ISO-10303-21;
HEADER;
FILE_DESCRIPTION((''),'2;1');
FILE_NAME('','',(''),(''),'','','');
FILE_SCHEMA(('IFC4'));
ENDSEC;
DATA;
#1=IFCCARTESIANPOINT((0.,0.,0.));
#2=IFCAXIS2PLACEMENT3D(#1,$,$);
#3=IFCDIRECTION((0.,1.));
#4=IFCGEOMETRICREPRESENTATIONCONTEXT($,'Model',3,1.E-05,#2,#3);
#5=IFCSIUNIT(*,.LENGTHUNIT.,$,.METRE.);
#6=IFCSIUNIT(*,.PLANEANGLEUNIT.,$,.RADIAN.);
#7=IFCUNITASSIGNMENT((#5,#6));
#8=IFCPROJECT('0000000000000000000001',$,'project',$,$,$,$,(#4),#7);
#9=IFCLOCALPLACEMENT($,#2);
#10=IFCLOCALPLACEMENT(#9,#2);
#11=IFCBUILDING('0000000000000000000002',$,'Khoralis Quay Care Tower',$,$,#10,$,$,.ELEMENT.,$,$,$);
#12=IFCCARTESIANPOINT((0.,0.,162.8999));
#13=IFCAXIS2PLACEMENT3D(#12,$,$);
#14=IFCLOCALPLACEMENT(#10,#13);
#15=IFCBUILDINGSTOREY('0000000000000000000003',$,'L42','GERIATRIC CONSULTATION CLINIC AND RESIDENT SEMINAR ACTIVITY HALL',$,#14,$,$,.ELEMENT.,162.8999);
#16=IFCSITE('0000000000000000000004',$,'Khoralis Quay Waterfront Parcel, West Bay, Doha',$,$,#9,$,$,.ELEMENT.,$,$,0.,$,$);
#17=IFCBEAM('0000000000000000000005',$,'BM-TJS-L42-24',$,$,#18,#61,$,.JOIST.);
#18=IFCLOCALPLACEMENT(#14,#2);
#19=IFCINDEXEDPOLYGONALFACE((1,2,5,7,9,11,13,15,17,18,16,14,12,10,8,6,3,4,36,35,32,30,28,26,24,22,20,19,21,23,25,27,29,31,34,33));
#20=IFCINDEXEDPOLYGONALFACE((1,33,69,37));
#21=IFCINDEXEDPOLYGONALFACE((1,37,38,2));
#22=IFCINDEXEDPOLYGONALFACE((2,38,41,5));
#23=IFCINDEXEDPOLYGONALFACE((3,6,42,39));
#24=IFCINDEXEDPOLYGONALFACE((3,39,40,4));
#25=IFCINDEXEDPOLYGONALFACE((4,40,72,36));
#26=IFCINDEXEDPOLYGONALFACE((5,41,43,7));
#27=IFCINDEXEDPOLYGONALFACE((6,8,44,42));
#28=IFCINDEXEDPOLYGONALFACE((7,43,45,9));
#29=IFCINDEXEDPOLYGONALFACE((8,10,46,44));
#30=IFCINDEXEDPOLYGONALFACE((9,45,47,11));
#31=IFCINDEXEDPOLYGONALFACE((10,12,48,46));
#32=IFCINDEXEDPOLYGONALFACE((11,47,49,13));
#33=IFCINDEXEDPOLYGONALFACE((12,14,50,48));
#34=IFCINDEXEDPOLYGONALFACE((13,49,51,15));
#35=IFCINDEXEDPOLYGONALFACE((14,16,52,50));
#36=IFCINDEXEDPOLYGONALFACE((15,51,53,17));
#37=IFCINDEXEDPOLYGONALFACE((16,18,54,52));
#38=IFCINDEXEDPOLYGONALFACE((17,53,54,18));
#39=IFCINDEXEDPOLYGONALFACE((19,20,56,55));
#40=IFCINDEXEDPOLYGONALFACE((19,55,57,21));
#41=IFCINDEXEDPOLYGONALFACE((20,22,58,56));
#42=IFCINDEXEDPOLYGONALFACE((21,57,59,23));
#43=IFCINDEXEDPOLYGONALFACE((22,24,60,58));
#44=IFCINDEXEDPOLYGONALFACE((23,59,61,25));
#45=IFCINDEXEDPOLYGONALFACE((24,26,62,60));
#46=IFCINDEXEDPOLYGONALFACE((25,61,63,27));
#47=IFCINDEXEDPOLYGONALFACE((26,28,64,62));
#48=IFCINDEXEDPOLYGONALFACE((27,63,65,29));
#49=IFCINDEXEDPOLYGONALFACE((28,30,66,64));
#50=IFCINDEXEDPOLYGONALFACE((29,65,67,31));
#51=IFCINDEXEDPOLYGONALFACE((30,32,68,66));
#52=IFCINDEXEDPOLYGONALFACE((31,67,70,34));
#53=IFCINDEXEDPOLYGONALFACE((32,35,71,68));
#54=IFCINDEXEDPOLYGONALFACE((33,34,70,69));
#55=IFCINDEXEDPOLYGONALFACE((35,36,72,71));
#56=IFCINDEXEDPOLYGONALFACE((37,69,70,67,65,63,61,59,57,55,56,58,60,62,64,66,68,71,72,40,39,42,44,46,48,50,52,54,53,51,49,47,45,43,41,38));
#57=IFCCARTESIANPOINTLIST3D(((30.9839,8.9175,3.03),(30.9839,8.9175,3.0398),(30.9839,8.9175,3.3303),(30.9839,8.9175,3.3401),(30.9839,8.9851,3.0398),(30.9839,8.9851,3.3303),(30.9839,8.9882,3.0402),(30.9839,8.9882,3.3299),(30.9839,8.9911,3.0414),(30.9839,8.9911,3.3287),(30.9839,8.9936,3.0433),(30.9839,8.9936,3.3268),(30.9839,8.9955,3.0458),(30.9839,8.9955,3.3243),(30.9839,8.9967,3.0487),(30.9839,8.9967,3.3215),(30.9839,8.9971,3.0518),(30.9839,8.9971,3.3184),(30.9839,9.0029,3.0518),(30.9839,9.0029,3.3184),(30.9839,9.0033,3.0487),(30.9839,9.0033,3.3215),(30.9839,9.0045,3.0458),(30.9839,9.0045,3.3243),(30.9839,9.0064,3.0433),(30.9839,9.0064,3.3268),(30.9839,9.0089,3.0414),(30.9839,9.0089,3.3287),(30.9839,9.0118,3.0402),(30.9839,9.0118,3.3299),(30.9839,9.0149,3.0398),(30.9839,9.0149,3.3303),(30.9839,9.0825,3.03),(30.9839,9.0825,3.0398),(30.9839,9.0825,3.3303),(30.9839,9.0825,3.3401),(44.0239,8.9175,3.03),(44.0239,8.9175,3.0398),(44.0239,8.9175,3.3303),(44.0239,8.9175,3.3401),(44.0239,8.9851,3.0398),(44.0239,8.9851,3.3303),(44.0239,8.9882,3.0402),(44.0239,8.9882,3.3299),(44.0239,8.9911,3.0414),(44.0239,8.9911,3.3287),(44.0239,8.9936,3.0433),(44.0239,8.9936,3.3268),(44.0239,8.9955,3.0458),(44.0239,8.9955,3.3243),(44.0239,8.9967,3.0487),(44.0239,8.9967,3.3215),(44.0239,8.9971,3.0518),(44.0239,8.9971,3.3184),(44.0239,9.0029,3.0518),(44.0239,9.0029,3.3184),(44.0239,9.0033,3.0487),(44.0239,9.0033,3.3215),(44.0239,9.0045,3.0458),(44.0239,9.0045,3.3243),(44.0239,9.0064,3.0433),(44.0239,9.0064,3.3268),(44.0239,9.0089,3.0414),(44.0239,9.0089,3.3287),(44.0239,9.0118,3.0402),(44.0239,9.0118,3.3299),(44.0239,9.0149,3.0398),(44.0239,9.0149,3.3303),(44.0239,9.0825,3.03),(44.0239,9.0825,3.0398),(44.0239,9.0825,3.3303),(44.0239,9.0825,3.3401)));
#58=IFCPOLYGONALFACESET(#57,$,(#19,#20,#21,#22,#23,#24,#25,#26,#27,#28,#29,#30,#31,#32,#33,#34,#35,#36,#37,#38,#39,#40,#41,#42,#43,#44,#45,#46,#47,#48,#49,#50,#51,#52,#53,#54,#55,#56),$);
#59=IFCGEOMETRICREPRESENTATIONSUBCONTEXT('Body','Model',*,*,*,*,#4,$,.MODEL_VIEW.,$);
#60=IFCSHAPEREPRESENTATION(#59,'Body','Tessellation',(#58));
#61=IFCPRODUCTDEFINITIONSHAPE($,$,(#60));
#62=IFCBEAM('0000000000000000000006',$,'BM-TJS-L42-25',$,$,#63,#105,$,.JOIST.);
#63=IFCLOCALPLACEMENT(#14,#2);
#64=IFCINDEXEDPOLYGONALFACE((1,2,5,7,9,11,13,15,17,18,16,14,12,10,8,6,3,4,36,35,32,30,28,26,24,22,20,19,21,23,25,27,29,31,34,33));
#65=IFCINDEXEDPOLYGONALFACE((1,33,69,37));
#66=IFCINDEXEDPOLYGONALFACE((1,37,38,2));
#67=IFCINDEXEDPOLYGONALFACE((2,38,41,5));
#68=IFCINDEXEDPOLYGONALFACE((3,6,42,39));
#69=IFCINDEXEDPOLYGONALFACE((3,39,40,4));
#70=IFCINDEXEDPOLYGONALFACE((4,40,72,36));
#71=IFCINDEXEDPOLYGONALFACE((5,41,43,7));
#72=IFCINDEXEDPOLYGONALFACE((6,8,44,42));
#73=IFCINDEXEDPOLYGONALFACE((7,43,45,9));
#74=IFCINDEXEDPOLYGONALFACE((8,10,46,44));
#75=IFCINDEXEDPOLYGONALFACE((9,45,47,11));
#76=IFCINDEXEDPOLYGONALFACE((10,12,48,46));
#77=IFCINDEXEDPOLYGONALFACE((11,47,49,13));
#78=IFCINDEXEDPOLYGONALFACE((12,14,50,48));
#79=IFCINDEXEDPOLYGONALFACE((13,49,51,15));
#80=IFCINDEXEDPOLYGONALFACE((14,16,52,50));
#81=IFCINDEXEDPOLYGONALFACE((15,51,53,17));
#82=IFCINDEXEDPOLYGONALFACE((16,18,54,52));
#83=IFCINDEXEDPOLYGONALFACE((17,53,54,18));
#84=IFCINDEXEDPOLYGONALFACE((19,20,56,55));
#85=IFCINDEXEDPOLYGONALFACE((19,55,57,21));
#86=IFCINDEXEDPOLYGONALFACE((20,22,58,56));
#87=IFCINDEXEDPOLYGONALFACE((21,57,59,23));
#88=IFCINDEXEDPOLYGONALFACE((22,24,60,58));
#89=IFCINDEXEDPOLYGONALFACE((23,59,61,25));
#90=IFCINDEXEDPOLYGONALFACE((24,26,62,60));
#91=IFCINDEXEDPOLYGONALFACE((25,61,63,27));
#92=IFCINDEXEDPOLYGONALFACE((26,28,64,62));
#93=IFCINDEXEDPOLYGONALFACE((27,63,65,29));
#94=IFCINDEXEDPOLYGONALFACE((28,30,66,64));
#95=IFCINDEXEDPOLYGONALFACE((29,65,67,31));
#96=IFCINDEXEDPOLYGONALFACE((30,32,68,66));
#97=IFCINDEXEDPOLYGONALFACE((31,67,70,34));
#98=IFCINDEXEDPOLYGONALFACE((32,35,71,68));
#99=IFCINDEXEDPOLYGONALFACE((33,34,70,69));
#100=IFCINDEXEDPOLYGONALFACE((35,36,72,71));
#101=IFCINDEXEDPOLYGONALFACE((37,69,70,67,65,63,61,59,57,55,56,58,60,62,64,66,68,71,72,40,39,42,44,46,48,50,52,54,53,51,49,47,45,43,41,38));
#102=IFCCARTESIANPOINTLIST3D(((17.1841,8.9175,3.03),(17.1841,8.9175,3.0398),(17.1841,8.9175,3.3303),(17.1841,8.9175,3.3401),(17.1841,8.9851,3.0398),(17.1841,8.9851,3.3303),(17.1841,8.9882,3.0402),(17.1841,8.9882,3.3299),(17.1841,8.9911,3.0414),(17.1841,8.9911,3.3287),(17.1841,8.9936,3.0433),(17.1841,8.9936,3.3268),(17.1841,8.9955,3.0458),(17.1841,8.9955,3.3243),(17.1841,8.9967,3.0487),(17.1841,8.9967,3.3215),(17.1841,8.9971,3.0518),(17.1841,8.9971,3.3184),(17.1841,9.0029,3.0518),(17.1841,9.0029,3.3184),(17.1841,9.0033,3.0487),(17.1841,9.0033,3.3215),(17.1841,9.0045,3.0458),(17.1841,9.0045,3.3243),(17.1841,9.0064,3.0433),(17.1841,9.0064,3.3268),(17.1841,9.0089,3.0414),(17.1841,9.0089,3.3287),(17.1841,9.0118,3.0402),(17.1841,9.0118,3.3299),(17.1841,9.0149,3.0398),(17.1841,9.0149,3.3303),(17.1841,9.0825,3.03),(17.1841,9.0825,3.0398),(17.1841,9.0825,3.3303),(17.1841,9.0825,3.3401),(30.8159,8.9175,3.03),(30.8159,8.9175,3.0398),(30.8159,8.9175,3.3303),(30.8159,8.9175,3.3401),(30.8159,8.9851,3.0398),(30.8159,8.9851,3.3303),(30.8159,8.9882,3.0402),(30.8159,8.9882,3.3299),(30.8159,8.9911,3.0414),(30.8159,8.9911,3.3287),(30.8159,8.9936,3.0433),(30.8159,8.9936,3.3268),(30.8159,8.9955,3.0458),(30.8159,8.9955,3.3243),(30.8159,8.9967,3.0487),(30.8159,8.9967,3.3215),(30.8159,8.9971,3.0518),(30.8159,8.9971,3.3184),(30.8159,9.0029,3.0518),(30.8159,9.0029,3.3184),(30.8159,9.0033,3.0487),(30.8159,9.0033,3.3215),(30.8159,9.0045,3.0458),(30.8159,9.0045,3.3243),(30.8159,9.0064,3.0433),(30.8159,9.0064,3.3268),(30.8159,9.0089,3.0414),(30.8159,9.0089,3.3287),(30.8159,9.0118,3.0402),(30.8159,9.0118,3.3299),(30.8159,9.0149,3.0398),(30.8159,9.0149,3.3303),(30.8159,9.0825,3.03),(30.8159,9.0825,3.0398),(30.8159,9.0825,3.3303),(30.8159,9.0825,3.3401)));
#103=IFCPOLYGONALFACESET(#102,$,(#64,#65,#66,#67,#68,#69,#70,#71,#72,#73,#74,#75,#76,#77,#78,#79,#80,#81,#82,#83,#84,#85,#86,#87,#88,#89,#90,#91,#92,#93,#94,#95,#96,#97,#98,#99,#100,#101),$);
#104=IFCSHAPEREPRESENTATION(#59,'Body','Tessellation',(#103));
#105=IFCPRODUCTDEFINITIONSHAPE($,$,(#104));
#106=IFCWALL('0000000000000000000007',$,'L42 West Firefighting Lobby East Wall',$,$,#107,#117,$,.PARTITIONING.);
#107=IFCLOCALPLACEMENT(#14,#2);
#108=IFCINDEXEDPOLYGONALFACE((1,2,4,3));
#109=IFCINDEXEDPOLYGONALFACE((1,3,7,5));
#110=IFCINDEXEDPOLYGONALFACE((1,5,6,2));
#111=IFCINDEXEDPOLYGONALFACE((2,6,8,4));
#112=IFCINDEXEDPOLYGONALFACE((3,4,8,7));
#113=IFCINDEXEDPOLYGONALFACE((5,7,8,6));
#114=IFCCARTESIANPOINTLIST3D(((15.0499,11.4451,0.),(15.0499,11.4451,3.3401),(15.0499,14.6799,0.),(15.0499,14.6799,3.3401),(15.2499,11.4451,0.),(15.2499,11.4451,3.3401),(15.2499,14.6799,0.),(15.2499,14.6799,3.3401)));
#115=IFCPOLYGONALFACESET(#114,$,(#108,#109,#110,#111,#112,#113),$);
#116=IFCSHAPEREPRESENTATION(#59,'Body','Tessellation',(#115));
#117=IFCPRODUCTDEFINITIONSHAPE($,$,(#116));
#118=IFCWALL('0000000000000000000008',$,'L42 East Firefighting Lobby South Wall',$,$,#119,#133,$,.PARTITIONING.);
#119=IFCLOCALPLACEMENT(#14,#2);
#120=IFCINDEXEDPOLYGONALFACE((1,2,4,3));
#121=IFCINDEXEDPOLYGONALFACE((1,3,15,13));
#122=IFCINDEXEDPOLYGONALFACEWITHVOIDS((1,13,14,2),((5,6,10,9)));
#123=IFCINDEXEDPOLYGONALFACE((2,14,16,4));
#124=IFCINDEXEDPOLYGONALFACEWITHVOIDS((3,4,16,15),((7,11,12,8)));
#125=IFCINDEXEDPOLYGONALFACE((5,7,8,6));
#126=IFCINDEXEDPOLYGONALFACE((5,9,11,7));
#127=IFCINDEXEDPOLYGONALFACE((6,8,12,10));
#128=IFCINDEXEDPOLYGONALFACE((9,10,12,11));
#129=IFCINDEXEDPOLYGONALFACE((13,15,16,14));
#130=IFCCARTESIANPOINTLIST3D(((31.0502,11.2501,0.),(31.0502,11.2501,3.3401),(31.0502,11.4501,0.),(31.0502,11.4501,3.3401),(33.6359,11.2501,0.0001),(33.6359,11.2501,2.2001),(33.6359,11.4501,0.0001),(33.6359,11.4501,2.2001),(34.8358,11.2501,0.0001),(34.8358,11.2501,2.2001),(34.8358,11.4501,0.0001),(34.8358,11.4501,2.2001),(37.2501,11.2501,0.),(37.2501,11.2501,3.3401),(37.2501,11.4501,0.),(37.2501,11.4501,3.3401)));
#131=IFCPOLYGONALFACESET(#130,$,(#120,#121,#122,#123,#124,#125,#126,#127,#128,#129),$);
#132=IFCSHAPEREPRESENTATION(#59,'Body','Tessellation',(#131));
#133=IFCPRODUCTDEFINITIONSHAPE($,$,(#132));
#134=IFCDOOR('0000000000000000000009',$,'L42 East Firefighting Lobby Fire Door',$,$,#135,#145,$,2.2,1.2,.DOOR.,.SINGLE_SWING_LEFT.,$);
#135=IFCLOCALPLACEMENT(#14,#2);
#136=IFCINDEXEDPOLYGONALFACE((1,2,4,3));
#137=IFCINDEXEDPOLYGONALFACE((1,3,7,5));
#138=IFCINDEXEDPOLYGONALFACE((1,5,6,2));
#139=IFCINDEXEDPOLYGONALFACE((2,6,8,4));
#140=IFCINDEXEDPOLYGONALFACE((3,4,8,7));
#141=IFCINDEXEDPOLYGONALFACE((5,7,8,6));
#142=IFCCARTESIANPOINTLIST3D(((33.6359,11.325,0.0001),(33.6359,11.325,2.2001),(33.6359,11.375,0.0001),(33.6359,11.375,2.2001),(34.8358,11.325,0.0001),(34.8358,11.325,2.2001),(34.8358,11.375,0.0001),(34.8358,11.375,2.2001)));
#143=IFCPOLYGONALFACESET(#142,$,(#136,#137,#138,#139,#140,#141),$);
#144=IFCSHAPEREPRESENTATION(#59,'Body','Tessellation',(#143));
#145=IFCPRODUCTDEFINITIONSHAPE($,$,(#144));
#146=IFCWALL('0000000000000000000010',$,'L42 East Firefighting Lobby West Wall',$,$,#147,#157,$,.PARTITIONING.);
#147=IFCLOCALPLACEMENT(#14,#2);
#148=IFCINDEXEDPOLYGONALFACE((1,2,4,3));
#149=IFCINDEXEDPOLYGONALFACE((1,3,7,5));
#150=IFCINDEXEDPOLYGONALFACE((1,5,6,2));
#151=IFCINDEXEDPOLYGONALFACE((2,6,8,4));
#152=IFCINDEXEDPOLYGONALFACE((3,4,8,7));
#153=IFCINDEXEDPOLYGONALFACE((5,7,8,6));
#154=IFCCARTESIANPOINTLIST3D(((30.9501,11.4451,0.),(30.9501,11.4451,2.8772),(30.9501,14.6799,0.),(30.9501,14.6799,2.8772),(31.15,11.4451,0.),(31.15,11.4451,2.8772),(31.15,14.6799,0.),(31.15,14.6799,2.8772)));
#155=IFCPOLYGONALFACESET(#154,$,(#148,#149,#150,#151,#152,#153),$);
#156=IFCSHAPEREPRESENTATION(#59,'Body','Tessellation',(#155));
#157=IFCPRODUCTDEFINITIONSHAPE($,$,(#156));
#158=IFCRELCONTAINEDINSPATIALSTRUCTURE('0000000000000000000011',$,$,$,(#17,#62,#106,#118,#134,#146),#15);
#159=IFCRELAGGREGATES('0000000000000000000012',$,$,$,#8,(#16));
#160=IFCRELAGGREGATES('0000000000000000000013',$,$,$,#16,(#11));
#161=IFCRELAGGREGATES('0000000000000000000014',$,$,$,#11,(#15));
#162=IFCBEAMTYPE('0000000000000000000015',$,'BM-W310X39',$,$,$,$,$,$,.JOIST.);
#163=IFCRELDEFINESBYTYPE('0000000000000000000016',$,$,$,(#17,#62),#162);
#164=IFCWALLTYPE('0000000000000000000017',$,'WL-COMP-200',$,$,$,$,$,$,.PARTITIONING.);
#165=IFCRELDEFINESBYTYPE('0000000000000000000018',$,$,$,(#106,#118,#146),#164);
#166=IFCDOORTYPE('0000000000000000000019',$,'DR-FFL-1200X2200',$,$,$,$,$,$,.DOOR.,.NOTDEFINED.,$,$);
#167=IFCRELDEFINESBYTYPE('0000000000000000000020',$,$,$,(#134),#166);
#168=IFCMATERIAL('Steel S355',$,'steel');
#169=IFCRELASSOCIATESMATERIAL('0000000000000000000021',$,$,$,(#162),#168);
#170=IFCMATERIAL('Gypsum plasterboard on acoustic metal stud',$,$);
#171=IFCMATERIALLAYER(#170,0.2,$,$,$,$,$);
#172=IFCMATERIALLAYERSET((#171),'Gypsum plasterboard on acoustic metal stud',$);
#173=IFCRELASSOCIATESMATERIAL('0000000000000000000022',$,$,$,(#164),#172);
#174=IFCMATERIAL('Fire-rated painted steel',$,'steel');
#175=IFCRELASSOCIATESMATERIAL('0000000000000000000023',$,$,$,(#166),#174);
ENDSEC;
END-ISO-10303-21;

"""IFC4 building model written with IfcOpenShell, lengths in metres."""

from ifc_helpers import new_model, si_unit, direction, frame, frame_2d, origin, origin_2d, place, context, subcontext, project, spatial, rectangle, i_section, extrude, source, transform, mapped, material, layer, layer_set, material_profile, profile_set, type_object, element, fill, save


model = new_model("IFC4")

# Units and contexts
model_context = context("Model", 3, precision=1e-05, world=origin(), true_north=direction((0.0, 1.0)))
body_context = subcontext(model_context, "Body", "Model", "MODEL_VIEW")
ifc_project = project(units=[si_unit("LENGTHUNIT", "METRE"), si_unit("PLANEANGLEUNIT", "RADIAN")], contexts=[model_context])

# Site, building, storey
site_placement = place(None, origin())
site = spatial("IfcSite", under=ifc_project, at=site_placement, Name="Khoralis Quay Waterfront Parcel, West Bay, Doha", CompositionType="ELEMENT", RefElevation=0.0)
building_placement = place(site_placement, origin())
building = spatial("IfcBuilding", under=site, at=building_placement, Name="Khoralis Quay Care Tower", CompositionType="ELEMENT")
storey_placement = place(building_placement, frame((0.0, 0.0, 162.8999)))
storey = spatial("IfcBuildingStorey", under=building, at=storey_placement, Name="L42", Description="GERIATRIC CONSULTATION CLINIC AND RESIDENT SEMINAR ACTIVITY HALL", CompositionType="ELEMENT", Elevation=162.8999)

# Beams
ifc_material_1 = material(Name="Steel S355", Category="steel")
ifc_material_profile_1 = material_profile(ifc_material_1, i_section(OverallWidth=0.165, OverallDepth=0.3101, WebThickness=0.0059, FlangeThickness=0.0098, FilletRadius=0.012, at=origin_2d()), Name="Steel S355")
ifc_profile_set_1 = profile_set([ifc_material_profile_1], Name="Steel S355")
beam_type_1 = type_object("IfcBeamType", Name="BM-W310X39", PredefinedType="JOIST", material=ifc_profile_set_1)
shared_shape_1 = source(origin(), body_context, "Body", "SweptSolid", [
    extrude(i_section(OverallWidth=0.165, OverallDepth=0.3101, WebThickness=0.0059, FlangeThickness=0.0098, FilletRadius=0.012, at=origin_2d()), origin(), (0.0, 0.0, 1.0), 13.04),
])
beam_1_placement = place(storey_placement, frame((30.9839, 9.0, 3.1851), z_axis=(1.0, 0.0, 0.0), x_axis=(0.0, 1.0, 0.0)))
element("IfcBeam", 1, at=beam_1_placement, inside=storey, type_object=beam_type_1, Name="BM-TJS-L42-24", PredefinedType="JOIST", context=body_context, shape_type="MappedRepresentation", body=[
    mapped(shared_shape_1, transform((0.0, 0.0, 0.0), scale=1.0)),
])
shared_shape_2 = source(origin(), body_context, "Body", "SweptSolid", [
    extrude(i_section(OverallWidth=0.165, OverallDepth=0.3101, WebThickness=0.0059, FlangeThickness=0.0098, FilletRadius=0.012, at=origin_2d()), origin(), (0.0, 0.0, 1.0), 13.6318),
])
beam_2_placement = place(storey_placement, frame((17.1841, 9.0, 3.1851), z_axis=(1.0, 0.0, 0.0), x_axis=(0.0, 1.0, 0.0)))
element("IfcBeam", 2, at=beam_2_placement, inside=storey, type_object=beam_type_1, Name="BM-TJS-L42-25", PredefinedType="JOIST", context=body_context, shape_type="MappedRepresentation", body=[
    mapped(shared_shape_2, transform((0.0, 0.0, 0.0), scale=1.0)),
])

# Wall
ifc_material_2 = material(Name="Gypsum plasterboard on acoustic metal stud")
ifc_layer_1 = layer(ifc_material_2, 0.2)
ifc_layer_set_1 = layer_set([ifc_layer_1], Name="Gypsum plasterboard on acoustic metal stud")
wall_type_1 = type_object("IfcWallType", Name="WL-COMP-200", PredefinedType="PARTITIONING", material=ifc_layer_set_1)
wall_1_placement = place(storey_placement, frame((15.1499, 11.4451, 0.0), z_axis=(0.0, 0.0, 1.0), x_axis=(0.0, 1.0, 0.0)))
element("IfcWall", 3, at=wall_1_placement, inside=storey, type_object=wall_type_1, Name="L42 West Firefighting Lobby East Wall", PredefinedType="PARTITIONING", context=body_context, shape_type="SweptSolid", body=[
    extrude(rectangle(XDim=3.2349, YDim=0.2, at=frame_2d((1.6174, 0.0))), origin(), (0.0, 0.0, 1.0), 3.3401),
])

# Wall, opening, door
wall_2_placement = place(storey_placement, frame((31.05, 11.3501, 0.0), z_axis=(0.0, 0.0, 1.0), x_axis=(1.0, 0.0, 0.0)))
wall_2 = element("IfcWall", 4, at=wall_2_placement, inside=storey, type_object=wall_type_1, Name="L42 East Firefighting Lobby South Wall", PredefinedType="PARTITIONING", context=body_context, shape_type="SweptSolid", body=[
    extrude(rectangle(XDim=6.2, YDim=0.2, at=frame_2d((3.1001, 0.0))), origin(), (0.0, 0.0, 1.0), 3.3401),
])
opening_1_placement = place(wall_2_placement, frame((2.5857, 0.0, 0.0)))
opening_1 = element("IfcOpeningElement", 5, at=opening_1_placement, cuts=wall_2, PredefinedType="OPENING", context=body_context, shape_type="SweptSolid", body=[
    extrude(rectangle(XDim=1.2, YDim=2.2, at=frame_2d((0.6001, 1.1001))), frame((0.0, 0.1099, 0.0), z_axis=(0.0, -1.0, 0.0), x_axis=(1.0, 0.0, 0.0)), (0.0, 0.0, 1.0), 0.22),
])
ifc_material_3 = material(Name="Fire-rated painted steel", Category="steel")
door_type_1 = type_object("IfcDoorType", Name="DR-FFL-1200X2200", OperationType="NOTDEFINED", PredefinedType="DOOR", material=ifc_material_3)
shared_shape_3 = source(origin(), body_context, "Body", "SweptSolid", [
    extrude(rectangle(XDim=1.2, YDim=2.2, at=frame_2d((0.6001, 1.1001))), frame((0.0, 0.0249, 0.0), z_axis=(0.0, -1.0, 0.0), x_axis=(1.0, 0.0, 0.0)), (0.0, 0.0, 1.0), 0.05),
])
door_1_placement = place(opening_1_placement, origin())
door_1 = element("IfcDoor", 6, at=door_1_placement, inside=storey, type_object=door_type_1, Name="L42 East Firefighting Lobby Fire Door", OperationType="SINGLE_SWING_LEFT", OverallHeight=2.2, OverallWidth=1.2, PredefinedType="DOOR", context=body_context, shape_type="MappedRepresentation", body=[
    mapped(shared_shape_3, transform((0.0, 0.0, 0.0), scale=1.0)),
])
fill(opening_1, door_1)

# Wall
wall_3_placement = place(storey_placement, frame((31.05, 11.4451, 0.0), z_axis=(0.0, 0.0, 1.0), x_axis=(0.0, 1.0, 0.0)))
element("IfcWall", 7, at=wall_3_placement, inside=storey, type_object=wall_type_1, Name="L42 East Firefighting Lobby West Wall", PredefinedType="PARTITIONING", context=body_context, shape_type="SweptSolid", body=[
    extrude(rectangle(XDim=3.2349, YDim=0.2, at=frame_2d((1.6174, 0.0))), origin(), (0.0, 0.0, 1.0), 2.8772),
])

save(model, "model.ifc")
